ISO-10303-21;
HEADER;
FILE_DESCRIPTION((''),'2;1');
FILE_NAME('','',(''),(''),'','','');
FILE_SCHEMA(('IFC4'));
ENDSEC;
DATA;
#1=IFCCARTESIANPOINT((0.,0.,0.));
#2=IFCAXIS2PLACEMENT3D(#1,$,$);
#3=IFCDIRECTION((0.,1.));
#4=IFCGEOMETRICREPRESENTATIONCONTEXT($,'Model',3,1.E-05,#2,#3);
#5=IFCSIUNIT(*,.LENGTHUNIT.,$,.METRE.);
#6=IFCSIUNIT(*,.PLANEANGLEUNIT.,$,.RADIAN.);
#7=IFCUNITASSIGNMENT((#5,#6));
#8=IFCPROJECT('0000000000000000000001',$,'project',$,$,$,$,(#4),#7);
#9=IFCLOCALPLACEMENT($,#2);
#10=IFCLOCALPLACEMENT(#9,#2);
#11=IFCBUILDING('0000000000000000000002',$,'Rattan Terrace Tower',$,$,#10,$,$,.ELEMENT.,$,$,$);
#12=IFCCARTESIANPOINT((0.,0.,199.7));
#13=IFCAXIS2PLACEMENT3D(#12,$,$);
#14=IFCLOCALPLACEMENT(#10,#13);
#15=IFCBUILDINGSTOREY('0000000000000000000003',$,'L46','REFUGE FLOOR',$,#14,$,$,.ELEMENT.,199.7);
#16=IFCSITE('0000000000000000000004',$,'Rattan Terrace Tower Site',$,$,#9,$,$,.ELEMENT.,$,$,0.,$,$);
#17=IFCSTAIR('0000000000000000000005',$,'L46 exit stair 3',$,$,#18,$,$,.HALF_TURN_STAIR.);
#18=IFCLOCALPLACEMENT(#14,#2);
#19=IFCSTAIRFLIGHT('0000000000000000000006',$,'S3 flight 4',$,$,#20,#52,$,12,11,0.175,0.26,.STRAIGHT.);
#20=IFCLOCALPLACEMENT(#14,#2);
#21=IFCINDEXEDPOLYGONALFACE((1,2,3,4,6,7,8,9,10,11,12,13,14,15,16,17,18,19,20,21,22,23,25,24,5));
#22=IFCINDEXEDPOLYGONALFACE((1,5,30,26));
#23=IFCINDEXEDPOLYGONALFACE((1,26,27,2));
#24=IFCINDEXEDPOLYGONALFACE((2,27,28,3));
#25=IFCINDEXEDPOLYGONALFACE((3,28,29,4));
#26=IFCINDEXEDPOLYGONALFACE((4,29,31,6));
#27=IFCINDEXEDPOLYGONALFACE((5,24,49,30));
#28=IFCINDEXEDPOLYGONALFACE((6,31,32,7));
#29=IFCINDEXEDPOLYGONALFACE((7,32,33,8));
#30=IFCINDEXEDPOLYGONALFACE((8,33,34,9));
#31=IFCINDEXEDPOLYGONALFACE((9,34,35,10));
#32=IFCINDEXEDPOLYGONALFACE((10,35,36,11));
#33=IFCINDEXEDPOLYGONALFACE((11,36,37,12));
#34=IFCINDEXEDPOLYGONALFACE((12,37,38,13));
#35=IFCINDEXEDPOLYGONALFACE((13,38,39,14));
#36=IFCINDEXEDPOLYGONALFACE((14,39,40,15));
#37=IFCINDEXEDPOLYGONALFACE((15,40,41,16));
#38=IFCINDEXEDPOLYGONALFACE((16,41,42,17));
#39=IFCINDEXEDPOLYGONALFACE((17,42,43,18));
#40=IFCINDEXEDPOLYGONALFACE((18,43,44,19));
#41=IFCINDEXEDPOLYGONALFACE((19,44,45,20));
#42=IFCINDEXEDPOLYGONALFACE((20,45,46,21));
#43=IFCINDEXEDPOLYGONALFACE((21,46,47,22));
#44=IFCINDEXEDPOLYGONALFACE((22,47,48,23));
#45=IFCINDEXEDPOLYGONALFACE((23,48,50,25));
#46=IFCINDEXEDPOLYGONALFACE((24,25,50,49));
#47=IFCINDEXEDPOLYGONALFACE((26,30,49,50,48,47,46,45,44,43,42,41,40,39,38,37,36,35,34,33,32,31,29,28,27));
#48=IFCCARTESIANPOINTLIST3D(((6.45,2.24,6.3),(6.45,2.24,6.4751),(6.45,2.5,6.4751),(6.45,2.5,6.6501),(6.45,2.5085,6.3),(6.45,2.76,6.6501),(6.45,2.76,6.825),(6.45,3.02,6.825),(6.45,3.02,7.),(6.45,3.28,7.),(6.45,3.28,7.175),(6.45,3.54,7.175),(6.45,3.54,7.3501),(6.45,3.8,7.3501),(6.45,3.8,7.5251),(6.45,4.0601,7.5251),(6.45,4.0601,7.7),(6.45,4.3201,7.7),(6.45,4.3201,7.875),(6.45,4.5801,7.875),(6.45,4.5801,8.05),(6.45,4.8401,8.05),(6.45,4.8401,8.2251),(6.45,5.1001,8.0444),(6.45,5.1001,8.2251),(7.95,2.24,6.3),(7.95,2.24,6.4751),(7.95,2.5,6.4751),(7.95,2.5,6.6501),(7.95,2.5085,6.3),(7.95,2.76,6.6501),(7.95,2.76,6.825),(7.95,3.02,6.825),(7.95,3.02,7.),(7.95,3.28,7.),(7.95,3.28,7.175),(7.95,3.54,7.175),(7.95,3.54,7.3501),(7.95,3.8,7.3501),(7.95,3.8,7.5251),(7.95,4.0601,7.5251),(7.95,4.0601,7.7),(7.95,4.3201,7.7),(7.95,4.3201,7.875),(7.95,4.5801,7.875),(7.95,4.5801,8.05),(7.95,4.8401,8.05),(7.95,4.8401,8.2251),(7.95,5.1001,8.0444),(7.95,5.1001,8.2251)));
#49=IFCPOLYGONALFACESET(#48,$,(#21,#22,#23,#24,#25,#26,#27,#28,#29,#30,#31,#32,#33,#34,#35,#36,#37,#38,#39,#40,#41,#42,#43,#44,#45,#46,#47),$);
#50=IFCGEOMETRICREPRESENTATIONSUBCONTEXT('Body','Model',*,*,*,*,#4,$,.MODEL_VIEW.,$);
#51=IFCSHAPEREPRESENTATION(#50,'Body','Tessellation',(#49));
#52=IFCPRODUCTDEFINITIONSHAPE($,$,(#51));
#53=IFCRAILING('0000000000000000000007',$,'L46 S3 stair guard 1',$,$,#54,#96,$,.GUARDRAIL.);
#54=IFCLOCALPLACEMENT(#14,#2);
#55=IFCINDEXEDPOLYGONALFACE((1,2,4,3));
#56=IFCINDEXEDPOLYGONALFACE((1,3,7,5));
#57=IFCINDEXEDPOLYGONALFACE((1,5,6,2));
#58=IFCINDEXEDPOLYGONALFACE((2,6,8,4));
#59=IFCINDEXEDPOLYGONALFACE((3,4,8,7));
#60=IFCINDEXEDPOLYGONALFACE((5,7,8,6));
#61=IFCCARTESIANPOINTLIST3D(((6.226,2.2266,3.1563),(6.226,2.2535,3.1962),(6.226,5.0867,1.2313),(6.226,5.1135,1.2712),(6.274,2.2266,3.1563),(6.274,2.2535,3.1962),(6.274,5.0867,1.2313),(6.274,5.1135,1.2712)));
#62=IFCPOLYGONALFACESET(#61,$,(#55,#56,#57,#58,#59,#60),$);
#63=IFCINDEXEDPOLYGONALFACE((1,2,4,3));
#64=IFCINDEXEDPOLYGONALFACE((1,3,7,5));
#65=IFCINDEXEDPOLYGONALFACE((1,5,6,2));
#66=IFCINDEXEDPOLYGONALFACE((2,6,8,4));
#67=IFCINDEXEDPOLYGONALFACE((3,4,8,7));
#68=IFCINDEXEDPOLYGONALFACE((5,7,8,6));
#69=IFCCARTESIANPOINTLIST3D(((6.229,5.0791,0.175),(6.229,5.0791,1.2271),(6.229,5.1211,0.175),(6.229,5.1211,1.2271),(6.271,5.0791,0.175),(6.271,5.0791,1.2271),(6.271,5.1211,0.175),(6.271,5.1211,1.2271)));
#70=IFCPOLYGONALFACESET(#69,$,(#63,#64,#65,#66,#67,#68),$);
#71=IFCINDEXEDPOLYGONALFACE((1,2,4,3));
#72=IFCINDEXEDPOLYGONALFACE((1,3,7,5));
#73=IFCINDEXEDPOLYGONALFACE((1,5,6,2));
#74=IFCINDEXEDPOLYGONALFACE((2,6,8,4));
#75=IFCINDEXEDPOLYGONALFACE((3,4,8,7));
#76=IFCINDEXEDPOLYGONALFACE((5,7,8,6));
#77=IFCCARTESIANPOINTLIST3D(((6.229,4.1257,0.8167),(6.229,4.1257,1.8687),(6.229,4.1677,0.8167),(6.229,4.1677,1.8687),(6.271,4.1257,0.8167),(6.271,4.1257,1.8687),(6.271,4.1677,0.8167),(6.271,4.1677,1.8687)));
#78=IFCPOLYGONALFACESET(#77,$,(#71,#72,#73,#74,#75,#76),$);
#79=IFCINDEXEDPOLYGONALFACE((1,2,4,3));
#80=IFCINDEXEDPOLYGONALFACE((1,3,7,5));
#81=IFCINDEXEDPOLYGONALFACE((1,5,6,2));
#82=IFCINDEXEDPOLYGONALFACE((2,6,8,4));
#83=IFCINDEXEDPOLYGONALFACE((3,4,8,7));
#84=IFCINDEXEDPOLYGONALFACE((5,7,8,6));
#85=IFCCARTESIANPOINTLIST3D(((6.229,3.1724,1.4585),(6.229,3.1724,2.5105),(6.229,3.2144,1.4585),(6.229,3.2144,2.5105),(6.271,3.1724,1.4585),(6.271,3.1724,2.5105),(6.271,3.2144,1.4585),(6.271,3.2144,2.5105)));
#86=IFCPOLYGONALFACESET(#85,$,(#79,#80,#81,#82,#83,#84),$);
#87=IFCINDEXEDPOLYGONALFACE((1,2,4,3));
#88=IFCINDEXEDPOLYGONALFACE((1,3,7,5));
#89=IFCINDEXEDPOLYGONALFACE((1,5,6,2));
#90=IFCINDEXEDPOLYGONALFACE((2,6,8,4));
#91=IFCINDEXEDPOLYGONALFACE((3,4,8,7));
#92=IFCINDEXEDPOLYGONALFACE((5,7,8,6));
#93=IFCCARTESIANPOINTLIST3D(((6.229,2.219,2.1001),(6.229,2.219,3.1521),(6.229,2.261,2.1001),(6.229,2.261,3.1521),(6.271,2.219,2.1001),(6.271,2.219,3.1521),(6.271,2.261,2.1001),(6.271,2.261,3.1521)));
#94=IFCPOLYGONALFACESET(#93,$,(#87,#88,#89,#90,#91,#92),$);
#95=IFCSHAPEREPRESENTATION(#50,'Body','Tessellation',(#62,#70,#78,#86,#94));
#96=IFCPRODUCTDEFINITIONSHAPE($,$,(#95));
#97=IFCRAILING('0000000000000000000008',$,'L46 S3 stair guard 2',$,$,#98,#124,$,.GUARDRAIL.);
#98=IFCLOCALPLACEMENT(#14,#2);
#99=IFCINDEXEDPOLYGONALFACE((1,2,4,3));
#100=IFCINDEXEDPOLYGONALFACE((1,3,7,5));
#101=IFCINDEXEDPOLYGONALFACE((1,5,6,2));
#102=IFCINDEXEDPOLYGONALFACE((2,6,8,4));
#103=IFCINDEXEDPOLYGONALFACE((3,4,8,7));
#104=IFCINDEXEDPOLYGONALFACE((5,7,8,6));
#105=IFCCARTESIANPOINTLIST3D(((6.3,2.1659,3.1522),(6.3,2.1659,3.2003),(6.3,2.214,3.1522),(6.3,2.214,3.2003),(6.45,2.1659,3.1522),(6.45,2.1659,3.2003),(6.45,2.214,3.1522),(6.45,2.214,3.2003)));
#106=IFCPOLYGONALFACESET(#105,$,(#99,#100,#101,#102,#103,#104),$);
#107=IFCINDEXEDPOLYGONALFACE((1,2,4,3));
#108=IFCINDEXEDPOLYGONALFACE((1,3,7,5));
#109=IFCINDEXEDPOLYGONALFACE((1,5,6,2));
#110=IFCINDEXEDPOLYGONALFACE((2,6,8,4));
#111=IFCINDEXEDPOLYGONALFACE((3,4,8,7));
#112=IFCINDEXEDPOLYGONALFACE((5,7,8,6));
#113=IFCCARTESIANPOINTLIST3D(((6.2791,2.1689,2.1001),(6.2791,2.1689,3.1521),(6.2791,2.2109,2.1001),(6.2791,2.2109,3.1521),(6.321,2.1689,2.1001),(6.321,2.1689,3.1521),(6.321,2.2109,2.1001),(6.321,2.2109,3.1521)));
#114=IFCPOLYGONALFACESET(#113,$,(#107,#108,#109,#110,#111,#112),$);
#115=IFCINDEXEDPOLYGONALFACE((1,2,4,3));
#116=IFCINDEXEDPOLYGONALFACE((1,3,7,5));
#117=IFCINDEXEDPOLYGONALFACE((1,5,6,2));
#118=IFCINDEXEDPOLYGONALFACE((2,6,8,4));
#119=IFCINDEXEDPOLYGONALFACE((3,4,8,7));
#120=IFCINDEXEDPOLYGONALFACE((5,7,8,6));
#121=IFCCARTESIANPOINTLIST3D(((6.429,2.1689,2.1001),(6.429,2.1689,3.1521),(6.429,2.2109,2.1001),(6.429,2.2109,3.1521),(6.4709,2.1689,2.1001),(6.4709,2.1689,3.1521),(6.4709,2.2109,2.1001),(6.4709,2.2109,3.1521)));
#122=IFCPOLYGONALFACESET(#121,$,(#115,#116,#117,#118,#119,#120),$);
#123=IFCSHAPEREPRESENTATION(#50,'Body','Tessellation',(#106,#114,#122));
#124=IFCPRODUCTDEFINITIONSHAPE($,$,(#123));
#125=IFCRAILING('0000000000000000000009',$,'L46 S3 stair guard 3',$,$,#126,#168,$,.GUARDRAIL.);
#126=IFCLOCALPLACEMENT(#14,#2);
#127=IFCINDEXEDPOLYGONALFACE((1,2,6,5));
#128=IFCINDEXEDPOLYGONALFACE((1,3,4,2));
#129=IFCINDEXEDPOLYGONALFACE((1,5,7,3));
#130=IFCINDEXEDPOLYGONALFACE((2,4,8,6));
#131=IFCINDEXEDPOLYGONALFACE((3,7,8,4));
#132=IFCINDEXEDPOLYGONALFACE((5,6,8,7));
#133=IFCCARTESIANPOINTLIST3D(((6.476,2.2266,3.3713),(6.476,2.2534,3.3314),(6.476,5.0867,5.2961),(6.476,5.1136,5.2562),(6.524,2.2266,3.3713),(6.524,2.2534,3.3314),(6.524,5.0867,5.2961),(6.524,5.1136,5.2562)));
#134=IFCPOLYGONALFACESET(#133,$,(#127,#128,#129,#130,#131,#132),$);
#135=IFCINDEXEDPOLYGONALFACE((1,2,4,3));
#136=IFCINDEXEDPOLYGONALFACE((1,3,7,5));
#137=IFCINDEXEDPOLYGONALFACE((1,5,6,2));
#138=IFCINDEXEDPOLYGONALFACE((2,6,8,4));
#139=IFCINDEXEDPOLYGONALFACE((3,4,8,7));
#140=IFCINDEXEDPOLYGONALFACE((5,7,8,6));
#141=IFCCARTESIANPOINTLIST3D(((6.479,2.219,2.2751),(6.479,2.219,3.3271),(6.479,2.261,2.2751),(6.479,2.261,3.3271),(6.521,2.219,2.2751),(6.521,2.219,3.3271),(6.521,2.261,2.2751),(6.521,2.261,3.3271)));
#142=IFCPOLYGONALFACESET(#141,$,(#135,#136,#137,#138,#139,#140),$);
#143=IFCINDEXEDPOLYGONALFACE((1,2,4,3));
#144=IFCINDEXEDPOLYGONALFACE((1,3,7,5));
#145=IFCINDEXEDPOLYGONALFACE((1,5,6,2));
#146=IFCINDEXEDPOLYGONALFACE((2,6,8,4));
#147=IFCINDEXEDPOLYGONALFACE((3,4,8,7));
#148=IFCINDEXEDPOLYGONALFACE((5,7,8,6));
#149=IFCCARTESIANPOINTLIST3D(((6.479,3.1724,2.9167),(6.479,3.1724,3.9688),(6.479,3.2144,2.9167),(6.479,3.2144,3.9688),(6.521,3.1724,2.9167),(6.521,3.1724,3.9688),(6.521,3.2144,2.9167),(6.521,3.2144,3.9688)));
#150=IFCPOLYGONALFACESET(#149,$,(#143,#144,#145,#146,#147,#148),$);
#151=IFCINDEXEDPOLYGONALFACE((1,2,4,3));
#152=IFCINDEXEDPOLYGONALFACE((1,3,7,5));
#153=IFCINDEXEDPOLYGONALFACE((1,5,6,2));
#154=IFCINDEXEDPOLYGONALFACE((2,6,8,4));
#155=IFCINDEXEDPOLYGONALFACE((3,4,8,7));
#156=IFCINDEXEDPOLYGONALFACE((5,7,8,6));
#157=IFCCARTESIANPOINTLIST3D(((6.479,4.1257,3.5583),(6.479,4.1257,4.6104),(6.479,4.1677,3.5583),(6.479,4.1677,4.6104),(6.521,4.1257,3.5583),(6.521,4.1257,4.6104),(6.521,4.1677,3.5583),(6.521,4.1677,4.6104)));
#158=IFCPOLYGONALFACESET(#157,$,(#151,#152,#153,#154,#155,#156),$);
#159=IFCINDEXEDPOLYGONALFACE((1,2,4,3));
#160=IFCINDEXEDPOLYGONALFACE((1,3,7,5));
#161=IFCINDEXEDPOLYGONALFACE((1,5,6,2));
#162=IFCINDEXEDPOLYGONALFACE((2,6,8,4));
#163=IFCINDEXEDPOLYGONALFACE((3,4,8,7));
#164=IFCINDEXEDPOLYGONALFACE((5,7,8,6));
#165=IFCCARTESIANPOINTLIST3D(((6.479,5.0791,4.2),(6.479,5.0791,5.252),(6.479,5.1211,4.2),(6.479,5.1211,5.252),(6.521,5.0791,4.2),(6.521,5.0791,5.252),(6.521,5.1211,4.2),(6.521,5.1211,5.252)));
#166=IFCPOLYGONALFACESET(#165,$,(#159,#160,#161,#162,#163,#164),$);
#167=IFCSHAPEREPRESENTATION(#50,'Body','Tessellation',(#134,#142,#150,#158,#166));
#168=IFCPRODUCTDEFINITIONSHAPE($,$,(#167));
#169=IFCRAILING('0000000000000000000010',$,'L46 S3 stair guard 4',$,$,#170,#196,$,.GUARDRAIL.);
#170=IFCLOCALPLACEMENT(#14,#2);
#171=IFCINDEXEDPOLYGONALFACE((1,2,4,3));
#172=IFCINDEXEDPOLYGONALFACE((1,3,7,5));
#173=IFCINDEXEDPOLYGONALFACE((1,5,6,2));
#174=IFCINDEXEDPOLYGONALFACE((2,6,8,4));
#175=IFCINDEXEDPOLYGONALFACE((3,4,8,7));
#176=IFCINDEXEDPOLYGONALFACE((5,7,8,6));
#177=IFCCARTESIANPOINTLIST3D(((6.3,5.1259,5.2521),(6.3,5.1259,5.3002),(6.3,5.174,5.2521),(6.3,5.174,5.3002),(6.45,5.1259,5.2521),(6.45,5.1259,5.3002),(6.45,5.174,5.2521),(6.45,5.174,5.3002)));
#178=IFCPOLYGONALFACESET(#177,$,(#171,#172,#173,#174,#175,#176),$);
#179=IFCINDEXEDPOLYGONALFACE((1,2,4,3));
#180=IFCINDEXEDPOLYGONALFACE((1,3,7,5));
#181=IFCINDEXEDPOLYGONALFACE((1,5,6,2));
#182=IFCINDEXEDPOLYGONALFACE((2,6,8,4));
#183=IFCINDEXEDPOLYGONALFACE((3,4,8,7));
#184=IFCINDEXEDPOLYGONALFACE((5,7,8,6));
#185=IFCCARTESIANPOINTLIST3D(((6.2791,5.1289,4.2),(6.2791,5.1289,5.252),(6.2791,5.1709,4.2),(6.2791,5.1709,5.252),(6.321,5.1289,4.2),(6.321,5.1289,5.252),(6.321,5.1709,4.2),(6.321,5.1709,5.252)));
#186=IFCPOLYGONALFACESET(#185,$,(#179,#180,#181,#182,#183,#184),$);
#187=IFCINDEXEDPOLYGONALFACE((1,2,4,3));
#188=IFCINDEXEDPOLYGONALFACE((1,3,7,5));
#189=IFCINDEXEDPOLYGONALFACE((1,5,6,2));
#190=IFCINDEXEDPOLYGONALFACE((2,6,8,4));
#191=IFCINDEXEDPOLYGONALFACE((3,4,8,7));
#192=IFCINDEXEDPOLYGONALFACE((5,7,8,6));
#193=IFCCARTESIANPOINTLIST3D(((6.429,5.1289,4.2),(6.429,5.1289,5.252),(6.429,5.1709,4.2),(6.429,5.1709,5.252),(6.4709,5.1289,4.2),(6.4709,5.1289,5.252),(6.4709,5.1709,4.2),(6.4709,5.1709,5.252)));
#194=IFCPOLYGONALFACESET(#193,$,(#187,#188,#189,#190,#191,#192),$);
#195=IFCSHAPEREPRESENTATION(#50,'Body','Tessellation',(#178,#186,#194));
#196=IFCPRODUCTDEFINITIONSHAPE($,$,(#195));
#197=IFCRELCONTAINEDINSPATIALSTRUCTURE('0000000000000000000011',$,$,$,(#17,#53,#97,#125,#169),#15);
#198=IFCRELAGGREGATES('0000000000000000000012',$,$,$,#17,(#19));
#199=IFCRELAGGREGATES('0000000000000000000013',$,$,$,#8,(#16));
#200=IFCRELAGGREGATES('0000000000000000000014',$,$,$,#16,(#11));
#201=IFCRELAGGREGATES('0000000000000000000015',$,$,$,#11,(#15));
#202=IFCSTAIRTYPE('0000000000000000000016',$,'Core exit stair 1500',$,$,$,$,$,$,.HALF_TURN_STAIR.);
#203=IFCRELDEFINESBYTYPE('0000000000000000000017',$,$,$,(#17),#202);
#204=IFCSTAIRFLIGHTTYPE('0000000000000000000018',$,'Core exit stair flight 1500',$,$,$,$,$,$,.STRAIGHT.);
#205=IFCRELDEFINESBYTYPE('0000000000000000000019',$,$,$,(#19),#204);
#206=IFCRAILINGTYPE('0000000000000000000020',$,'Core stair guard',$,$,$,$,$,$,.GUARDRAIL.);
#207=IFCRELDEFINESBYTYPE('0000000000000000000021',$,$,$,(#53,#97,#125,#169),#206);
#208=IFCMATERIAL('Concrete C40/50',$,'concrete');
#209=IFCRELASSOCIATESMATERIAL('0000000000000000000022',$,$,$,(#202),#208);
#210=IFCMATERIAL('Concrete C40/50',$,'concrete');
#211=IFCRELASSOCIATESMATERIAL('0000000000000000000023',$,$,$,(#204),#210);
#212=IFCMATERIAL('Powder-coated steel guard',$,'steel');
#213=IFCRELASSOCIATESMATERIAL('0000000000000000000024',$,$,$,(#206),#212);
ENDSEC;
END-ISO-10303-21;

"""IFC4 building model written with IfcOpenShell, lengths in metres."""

from ifc_helpers import new_model, si_unit, direction, frame, origin, origin_2d, place, context, subcontext, project, spatial, polyline, rectangle, outline, extrude, material, type_object, element, aggregate, save


model = new_model("IFC4")

# Units and contexts
model_context = context("Model", 3, precision=1e-05, world=origin(), true_north=direction((0.0, 1.0)))
body_context = subcontext(model_context, "Body", "Model", "MODEL_VIEW")
ifc_project = project(units=[si_unit("LENGTHUNIT", "METRE"), si_unit("PLANEANGLEUNIT", "RADIAN")], contexts=[model_context])

# Site, building, storey
site_placement = place(None, origin())
site = spatial("IfcSite", under=ifc_project, at=site_placement, Name="Rattan Terrace Tower Site", CompositionType="ELEMENT", RefElevation=0.0)
building_placement = place(site_placement, origin())
building = spatial("IfcBuilding", under=site, at=building_placement, Name="Rattan Terrace Tower", CompositionType="ELEMENT")
storey_placement = place(building_placement, frame((0.0, 0.0, 199.7)))
storey = spatial("IfcBuildingStorey", under=building, at=storey_placement, Name="L46", Description="REFUGE FLOOR", CompositionType="ELEMENT", Elevation=199.7)

# Stair, stair flight
ifc_material_1 = material(Name="Concrete C40/50", Category="concrete")
stair_type = type_object("IfcStairType", Name="Core exit stair 1500", PredefinedType="HALF_TURN_STAIR", material=ifc_material_1)
stair_placement = place(storey_placement, origin())
stair = element("IfcStair", 1, at=stair_placement, inside=storey, type_object=stair_type, Name="L46 exit stair 3", PredefinedType="HALF_TURN_STAIR")
ifc_material_2 = material(Name="Concrete C40/50", Category="concrete")
stair_flight_type = type_object("IfcStairFlightType", Name="Core exit stair flight 1500", PredefinedType="STRAIGHT", material=ifc_material_2)
stair_flight_1_placement = place(storey_placement, frame((7.2, 2.24, 6.3), z_axis=(0.0, 0.0, 1.0), x_axis=(0.0, 1.0, 0.0)))
stair_flight_1 = element("IfcStairFlight", 2, at=stair_flight_1_placement, type_object=stair_flight_type, Name="S3 flight 4", NumberOfRisers=12, NumberOfTreads=11, PredefinedType="STRAIGHT", RiserHeight=0.175, TreadLength=0.26, context=body_context, shape_type="SweptSolid", body=[
    extrude(outline(polyline([(0.0, 0.0), (0.0, 0.175), (0.26, 0.175), (0.26, 0.3501), (0.52, 0.3501), (0.52, 0.5249), (0.78, 0.5249), (0.78, 0.7), (1.04, 0.7), (1.04, 0.875), (1.3, 0.875), (1.3, 1.05), (1.5601, 1.05), (1.5601, 1.2251), (1.8201, 1.2251), (1.8201, 1.3999), (2.0801, 1.3999), (2.0801, 1.575), (2.3401, 1.575), (2.3401, 1.75), (2.6001, 1.75), (2.6001, 1.925), (2.8601, 1.925), (2.8601, 2.1001), (2.8601, 1.7444), (0.2686, 0.0), (0.0, 0.0)])), frame((0.0, 0.75, 0.0), z_axis=(0.0, -1.0, 0.0), x_axis=(1.0, 0.0, 0.0)), (0.0, 0.0, 1.0), 1.5),
])
aggregate(stair, [stair_flight_1])

# Railings
ifc_material_3 = material(Name="Powder-coated steel guard", Category="steel")
railing_type_1 = type_object("IfcRailingType", Name="Core stair guard", PredefinedType="GUARDRAIL", material=ifc_material_3)
railing_1_placement = place(storey_placement, frame((6.25, 5.1001, 0.175)))
element("IfcRailing", 3, at=railing_1_placement, inside=storey, type_object=railing_type_1, Name="L46 S3 stair guard 1", PredefinedType="GUARDRAIL", context=body_context, shape_type="SweptSolid", body=[
    extrude(rectangle(XDim=0.0481, YDim=0.0481, at=origin_2d()), frame((0.0, 0.0, 1.0762), z_axis=(0.0, -0.829591, 0.558372), x_axis=(1.0, 0.0, 0.0)), (0.0, 0.0, 1.0), 3.4475),
    extrude(rectangle(XDim=0.042, YDim=0.042, at=origin_2d()), origin(), (0.0, 0.0, 1.0), 1.052),
    extrude(rectangle(XDim=0.042, YDim=0.042, at=origin_2d()), frame((0.0, -0.9534, 0.6416)), (0.0, 0.0, 1.0), 1.052),
    extrude(rectangle(XDim=0.042, YDim=0.042, at=origin_2d()), frame((0.0, -1.9067, 1.2834)), (0.0, 0.0, 1.0), 1.052),
    extrude(rectangle(XDim=0.042, YDim=0.042, at=origin_2d()), frame((0.0, -2.8601, 1.925)), (0.0, 0.0, 1.0), 1.052),
])
railing_2_placement = place(storey_placement, frame((6.3, 2.1899, 2.1001)))
element("IfcRailing", 4, at=railing_2_placement, inside=storey, type_object=railing_type_1, Name="L46 S3 stair guard 2", PredefinedType="GUARDRAIL", context=body_context, shape_type="SweptSolid", body=[
    extrude(rectangle(XDim=0.0481, YDim=0.0481, at=origin_2d()), frame((0.0, 0.0, 1.0762), z_axis=(1.0, 0.0, 0.0), x_axis=(0.0, 1.0, 0.0)), (0.0, 0.0, 1.0), 0.1499),
    extrude(rectangle(XDim=0.042, YDim=0.042, at=origin_2d()), origin(), (0.0, 0.0, 1.0), 1.052),
    extrude(rectangle(XDim=0.042, YDim=0.042, at=origin_2d()), frame((0.1499, 0.0, 0.0)), (0.0, 0.0, 1.0), 1.052),
])
railing_3_placement = place(storey_placement, frame((6.5, 2.24, 2.2751)))
element("IfcRailing", 5, at=railing_3_placement, inside=storey, type_object=railing_type_1, Name="L46 S3 stair guard 3", PredefinedType="GUARDRAIL", context=body_context, shape_type="SweptSolid", body=[
    extrude(rectangle(XDim=0.0481, YDim=0.0481, at=origin_2d()), frame((0.0, 0.0, 1.0762), z_axis=(0.0, 0.829624, 0.558323), x_axis=(-1.0, 0.0, 0.0)), (0.0, 0.0, 1.0), 3.4475),
    extrude(rectangle(XDim=0.042, YDim=0.042, at=origin_2d()), origin(), (0.0, 0.0, 1.0), 1.052),
    extrude(rectangle(XDim=0.042, YDim=0.042, at=origin_2d()), frame((0.0, 0.9534, 0.6416)), (0.0, 0.0, 1.0), 1.052),
    extrude(rectangle(XDim=0.042, YDim=0.042, at=origin_2d()), frame((0.0, 1.9067, 1.2832)), (0.0, 0.0, 1.0), 1.052),
    extrude(rectangle(XDim=0.042, YDim=0.042, at=origin_2d()), frame((0.0, 2.8601, 1.9248)), (0.0, 0.0, 1.0), 1.052),
])
railing_4_placement = place(storey_placement, frame((6.3, 5.1499, 4.2)))
element("IfcRailing", 6, at=railing_4_placement, inside=storey, type_object=railing_type_1, Name="L46 S3 stair guard 4", PredefinedType="GUARDRAIL", context=body_context, shape_type="SweptSolid", body=[
    extrude(rectangle(XDim=0.0481, YDim=0.0481, at=origin_2d()), frame((0.0, 0.0, 1.0762), z_axis=(1.0, 0.0, 0.0), x_axis=(0.0, 1.0, 0.0)), (0.0, 0.0, 1.0), 0.1499),
    extrude(rectangle(XDim=0.042, YDim=0.042, at=origin_2d()), origin(), (0.0, 0.0, 1.0), 1.052),
    extrude(rectangle(XDim=0.042, YDim=0.042, at=origin_2d()), frame((0.1499, 0.0, 0.0)), (0.0, 0.0, 1.0), 1.052),
])

save(model, "model.ifc")
